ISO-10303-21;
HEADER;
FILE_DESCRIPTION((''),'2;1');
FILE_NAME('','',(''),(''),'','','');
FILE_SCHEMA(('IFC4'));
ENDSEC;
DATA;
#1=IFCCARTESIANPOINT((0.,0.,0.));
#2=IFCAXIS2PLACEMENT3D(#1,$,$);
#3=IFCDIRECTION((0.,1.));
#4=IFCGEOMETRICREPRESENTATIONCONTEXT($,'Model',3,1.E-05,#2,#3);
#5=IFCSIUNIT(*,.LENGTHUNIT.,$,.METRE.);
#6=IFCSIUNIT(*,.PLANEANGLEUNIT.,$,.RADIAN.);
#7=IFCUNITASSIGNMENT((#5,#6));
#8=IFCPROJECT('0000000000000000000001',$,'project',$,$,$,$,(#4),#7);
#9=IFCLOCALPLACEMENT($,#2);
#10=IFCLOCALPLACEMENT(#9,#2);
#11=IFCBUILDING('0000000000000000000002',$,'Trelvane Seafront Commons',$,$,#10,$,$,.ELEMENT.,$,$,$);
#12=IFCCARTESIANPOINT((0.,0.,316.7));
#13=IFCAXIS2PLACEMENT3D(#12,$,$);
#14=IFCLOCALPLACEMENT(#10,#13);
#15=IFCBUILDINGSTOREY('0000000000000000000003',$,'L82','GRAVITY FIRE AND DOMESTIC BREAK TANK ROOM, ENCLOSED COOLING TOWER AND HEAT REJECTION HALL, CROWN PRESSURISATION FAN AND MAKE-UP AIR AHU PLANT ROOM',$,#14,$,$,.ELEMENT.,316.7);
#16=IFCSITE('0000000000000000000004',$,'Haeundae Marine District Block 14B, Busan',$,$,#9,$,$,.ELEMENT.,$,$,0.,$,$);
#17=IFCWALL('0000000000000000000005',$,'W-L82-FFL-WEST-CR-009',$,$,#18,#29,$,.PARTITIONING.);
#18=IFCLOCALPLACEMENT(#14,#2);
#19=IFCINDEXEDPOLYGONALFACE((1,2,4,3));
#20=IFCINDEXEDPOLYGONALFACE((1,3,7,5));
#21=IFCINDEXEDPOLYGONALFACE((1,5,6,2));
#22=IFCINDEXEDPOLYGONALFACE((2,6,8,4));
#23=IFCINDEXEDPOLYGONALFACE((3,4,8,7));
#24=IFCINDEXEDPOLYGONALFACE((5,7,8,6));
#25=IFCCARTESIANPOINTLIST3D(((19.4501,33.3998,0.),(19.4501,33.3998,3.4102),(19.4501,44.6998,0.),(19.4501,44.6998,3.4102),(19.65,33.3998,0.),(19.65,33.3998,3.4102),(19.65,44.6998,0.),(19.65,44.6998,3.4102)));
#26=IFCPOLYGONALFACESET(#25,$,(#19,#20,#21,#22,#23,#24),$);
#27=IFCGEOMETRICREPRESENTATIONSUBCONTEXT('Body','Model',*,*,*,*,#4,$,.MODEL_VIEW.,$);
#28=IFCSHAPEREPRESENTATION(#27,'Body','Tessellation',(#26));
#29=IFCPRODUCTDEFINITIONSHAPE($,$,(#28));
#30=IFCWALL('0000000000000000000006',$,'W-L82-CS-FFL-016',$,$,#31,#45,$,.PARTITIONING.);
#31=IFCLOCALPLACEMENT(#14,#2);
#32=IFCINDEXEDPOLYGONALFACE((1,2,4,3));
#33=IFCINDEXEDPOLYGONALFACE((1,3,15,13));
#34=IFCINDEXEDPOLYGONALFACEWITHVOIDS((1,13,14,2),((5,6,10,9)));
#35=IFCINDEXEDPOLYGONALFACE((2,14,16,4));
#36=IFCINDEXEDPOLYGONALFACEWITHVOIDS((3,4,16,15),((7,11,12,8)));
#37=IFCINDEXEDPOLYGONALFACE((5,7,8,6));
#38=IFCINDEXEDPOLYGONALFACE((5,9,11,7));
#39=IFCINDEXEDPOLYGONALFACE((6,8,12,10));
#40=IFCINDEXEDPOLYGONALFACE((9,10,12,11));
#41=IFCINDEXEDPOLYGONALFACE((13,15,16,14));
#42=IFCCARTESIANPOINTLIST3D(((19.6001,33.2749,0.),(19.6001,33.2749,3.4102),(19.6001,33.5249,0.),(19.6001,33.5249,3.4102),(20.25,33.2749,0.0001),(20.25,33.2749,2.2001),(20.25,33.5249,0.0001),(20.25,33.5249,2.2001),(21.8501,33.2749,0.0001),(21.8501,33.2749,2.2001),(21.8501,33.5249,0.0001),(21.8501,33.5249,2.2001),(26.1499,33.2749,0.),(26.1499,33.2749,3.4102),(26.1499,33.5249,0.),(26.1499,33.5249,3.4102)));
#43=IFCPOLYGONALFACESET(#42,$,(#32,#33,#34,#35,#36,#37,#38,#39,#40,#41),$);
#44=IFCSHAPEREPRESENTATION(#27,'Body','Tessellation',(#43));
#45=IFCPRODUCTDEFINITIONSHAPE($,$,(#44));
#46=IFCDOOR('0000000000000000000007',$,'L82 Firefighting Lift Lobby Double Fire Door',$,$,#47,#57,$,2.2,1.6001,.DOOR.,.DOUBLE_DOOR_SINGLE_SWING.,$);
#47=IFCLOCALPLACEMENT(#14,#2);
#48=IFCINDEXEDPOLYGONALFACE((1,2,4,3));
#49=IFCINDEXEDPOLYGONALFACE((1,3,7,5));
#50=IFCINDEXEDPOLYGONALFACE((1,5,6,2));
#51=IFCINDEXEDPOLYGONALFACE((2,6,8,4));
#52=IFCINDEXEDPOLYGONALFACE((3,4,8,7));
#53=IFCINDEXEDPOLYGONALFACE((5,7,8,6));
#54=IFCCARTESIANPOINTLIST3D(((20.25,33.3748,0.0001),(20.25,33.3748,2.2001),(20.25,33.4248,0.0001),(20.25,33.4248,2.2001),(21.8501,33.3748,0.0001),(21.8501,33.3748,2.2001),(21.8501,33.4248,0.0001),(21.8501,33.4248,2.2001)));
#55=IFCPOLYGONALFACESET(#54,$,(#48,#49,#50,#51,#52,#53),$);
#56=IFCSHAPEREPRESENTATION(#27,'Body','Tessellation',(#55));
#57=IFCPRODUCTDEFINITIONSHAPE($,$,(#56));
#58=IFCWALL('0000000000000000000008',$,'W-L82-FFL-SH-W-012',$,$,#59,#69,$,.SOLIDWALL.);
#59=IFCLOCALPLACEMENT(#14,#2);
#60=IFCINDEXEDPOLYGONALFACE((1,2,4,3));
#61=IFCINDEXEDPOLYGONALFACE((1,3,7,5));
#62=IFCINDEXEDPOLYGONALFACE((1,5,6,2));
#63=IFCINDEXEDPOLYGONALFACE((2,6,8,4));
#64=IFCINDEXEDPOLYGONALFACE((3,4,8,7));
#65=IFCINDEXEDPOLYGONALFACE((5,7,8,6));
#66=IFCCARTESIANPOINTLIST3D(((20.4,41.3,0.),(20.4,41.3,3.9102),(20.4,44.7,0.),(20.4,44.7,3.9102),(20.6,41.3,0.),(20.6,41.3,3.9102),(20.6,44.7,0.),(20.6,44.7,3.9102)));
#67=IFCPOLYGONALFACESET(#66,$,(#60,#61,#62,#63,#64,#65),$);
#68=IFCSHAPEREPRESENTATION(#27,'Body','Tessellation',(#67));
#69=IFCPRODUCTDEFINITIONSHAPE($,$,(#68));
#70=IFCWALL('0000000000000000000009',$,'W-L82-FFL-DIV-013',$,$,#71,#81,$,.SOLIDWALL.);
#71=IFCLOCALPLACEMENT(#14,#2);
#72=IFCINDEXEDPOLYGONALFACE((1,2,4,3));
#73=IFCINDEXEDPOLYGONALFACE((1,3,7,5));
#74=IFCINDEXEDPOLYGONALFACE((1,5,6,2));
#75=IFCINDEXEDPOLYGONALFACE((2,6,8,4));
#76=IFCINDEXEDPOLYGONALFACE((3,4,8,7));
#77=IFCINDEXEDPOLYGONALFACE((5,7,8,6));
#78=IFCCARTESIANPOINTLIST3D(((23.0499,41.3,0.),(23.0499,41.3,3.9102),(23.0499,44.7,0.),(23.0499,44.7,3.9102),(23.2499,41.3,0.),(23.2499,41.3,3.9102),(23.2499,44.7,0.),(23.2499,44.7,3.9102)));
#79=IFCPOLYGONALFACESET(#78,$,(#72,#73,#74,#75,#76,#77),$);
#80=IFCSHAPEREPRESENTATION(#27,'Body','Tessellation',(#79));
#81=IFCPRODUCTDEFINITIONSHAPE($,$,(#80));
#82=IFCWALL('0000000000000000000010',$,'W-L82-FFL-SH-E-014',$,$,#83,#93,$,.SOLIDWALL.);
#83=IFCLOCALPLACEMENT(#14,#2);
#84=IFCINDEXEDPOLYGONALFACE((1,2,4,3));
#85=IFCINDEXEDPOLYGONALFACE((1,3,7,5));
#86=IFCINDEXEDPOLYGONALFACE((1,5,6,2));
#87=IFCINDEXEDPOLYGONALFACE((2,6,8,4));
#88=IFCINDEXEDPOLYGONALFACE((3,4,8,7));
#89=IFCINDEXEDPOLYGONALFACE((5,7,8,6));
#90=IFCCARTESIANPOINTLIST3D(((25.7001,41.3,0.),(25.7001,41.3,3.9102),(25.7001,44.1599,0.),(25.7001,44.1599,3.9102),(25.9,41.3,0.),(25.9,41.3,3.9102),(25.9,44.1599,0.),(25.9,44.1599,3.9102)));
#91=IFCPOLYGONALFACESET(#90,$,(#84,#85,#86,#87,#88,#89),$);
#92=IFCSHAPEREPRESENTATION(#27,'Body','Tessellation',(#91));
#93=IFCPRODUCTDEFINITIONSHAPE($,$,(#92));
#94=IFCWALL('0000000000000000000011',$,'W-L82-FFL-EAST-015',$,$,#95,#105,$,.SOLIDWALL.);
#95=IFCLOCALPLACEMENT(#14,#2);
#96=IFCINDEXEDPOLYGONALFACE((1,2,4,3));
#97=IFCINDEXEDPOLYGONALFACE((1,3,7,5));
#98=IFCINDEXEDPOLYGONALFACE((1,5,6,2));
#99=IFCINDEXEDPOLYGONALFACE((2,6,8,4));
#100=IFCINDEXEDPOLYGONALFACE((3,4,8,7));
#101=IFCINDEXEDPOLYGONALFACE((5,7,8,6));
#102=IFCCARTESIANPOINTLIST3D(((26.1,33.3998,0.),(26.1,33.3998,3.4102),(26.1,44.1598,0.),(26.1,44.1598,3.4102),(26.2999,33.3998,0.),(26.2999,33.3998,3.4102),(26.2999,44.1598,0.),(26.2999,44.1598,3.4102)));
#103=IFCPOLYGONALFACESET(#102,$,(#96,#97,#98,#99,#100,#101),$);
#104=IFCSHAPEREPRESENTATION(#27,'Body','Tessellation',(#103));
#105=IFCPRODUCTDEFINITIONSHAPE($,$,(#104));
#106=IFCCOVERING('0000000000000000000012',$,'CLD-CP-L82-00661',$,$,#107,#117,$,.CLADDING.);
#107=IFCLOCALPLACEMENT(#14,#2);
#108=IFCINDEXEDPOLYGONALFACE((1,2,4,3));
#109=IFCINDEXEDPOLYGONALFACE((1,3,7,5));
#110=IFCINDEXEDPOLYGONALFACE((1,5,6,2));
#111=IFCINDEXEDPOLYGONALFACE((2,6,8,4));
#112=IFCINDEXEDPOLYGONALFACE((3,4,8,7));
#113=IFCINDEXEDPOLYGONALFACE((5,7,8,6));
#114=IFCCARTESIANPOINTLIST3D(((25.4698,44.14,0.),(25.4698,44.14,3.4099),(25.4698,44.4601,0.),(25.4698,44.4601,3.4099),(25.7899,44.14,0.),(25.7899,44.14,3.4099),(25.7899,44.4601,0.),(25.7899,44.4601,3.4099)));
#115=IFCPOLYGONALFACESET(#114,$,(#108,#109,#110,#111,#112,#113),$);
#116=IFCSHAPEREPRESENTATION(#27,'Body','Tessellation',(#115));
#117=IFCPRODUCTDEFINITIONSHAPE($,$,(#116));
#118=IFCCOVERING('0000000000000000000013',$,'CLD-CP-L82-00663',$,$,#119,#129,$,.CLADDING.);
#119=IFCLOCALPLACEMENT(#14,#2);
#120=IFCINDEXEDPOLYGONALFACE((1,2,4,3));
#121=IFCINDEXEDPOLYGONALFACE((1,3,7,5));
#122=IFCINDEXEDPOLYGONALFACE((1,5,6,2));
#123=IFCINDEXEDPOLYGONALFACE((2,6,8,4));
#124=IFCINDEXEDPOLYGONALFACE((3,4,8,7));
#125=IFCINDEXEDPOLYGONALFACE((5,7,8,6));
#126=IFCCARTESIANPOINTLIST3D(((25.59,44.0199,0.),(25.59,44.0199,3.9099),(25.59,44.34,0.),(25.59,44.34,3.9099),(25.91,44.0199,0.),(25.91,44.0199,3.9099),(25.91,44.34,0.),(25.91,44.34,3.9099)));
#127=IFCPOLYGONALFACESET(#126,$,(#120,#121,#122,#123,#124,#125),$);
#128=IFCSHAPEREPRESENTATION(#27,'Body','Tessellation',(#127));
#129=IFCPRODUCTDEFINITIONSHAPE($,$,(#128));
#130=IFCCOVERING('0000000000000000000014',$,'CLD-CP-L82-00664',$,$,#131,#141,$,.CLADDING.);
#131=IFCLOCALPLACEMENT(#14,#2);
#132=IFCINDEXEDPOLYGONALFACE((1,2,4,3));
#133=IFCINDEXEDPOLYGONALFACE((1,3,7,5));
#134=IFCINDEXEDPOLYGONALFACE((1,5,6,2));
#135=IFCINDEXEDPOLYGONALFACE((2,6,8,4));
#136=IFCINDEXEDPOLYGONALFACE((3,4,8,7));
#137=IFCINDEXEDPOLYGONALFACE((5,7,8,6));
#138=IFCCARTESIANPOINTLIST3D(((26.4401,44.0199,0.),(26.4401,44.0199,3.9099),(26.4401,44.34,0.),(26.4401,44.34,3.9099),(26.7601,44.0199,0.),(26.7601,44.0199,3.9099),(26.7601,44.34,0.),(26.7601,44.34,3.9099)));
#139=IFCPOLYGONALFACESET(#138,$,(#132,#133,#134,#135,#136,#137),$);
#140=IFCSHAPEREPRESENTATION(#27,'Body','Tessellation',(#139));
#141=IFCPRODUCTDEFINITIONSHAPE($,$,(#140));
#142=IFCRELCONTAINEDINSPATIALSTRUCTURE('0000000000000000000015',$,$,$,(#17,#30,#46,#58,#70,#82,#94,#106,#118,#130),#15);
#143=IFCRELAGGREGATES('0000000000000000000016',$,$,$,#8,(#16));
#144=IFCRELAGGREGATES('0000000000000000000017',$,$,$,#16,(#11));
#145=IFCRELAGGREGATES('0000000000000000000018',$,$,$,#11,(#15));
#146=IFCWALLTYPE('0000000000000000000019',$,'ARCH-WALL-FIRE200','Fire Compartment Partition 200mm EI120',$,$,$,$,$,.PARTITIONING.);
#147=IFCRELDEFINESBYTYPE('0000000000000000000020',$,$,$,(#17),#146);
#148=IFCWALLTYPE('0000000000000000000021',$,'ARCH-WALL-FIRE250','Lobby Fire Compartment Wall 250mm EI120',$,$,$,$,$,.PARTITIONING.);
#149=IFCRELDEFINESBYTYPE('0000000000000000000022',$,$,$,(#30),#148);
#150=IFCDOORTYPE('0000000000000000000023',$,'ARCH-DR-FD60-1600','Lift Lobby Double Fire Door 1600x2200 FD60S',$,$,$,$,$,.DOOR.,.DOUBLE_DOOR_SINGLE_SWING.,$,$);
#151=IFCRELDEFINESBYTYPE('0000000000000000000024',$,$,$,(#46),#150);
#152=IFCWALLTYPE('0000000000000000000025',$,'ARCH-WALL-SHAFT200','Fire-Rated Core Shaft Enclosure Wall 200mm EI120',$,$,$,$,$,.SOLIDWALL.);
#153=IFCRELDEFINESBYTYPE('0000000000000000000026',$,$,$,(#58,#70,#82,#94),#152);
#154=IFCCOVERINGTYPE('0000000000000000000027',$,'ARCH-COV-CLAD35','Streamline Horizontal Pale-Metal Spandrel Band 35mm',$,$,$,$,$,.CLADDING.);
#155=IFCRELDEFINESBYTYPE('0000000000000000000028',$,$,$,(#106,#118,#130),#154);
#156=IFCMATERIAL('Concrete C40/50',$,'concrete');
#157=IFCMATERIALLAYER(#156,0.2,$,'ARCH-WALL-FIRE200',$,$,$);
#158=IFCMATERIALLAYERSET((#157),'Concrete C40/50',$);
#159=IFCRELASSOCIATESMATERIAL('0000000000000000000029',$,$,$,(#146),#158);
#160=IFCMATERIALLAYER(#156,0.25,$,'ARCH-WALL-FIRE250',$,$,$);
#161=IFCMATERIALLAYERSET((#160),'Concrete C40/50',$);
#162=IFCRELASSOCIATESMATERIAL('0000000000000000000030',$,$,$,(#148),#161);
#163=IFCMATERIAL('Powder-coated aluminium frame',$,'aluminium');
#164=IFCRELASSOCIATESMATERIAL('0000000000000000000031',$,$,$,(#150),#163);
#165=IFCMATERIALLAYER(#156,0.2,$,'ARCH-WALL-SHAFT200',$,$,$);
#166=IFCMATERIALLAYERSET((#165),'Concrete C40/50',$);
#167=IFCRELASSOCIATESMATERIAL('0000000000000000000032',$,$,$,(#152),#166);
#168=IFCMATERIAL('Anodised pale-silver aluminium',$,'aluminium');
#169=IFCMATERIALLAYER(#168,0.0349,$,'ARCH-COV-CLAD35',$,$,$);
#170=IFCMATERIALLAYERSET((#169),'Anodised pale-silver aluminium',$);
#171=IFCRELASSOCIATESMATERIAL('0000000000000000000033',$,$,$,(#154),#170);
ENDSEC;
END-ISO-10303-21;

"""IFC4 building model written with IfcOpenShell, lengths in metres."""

from ifc_helpers import new_model, si_unit, direction, frame, frame_2d, origin, origin_2d, place, context, subcontext, project, spatial, rectangle, extrude, source, transform, mapped, material, layer, layer_set, type_object, element, fill, save


model = new_model("IFC4")

# Units and contexts
model_context = context("Model", 3, precision=1e-05, world=origin(), true_north=direction((0.0, 1.0)))
body_context = subcontext(model_context, "Body", "Model", "MODEL_VIEW")
ifc_project = project(units=[si_unit("LENGTHUNIT", "METRE"), si_unit("PLANEANGLEUNIT", "RADIAN")], contexts=[model_context])

# Site, building, storey
site_placement = place(None, origin())
site = spatial("IfcSite", under=ifc_project, at=site_placement, Name="Haeundae Marine District Block 14B, Busan", CompositionType="ELEMENT", RefElevation=0.0)
building_placement = place(site_placement, origin())
building = spatial("IfcBuilding", under=site, at=building_placement, Name="Trelvane Seafront Commons", CompositionType="ELEMENT")
storey_placement = place(building_placement, frame((0.0, 0.0, 316.7)))
storey = spatial("IfcBuildingStorey", under=building, at=storey_placement, Name="L82", Description="GRAVITY FIRE AND DOMESTIC BREAK TANK ROOM, ENCLOSED COOLING TOWER AND HEAT REJECTION HALL, CROWN PRESSURISATION FAN AND MAKE-UP AIR AHU PLANT ROOM", CompositionType="ELEMENT", Elevation=316.7)

# Shared definitions
ifc_material_1 = material(Name="Anodised pale-silver aluminium", Category="aluminium")

# Wall
ifc_material_2 = material(Name="Concrete C40/50", Category="concrete")
ifc_layer_1 = layer(ifc_material_2, 0.2, Name="ARCH-WALL-FIRE200")
ifc_layer_set_1 = layer_set([ifc_layer_1], Name="Concrete C40/50")
wall_type_1 = type_object("IfcWallType", Name="ARCH-WALL-FIRE200", Description="Fire Compartment Partition 200mm EI120", PredefinedType="PARTITIONING", material=ifc_layer_set_1)
wall_1_placement = place(storey_placement, frame((19.55, 33.3999, 0.0), z_axis=(0.0, 0.0, 1.0), x_axis=(0.0, 1.0, 0.0)))
element("IfcWall", 1, at=wall_1_placement, inside=storey, type_object=wall_type_1, Name="W-L82-FFL-WEST-CR-009", PredefinedType="PARTITIONING", context=body_context, shape_type="SweptSolid", body=[
    extrude(rectangle(XDim=11.3, YDim=0.2, at=frame_2d((5.6499, 0.0))), origin(), (0.0, 0.0, 1.0), 3.4102),
])

# Wall, opening, door
ifc_layer_2 = layer(ifc_material_2, 0.25, Name="ARCH-WALL-FIRE250")
ifc_layer_set_2 = layer_set([ifc_layer_2], Name="Concrete C40/50")
wall_type_2 = type_object("IfcWallType", Name="ARCH-WALL-FIRE250", Description="Lobby Fire Compartment Wall 250mm EI120", PredefinedType="PARTITIONING", material=ifc_layer_set_2)
wall_2_placement = place(storey_placement, frame((19.6001, 33.3999, 0.0), z_axis=(0.0, 0.0, 1.0), x_axis=(1.0, 0.0, 0.0)))
wall_2 = element("IfcWall", 2, at=wall_2_placement, inside=storey, type_object=wall_type_2, Name="W-L82-CS-FFL-016", PredefinedType="PARTITIONING", context=body_context, shape_type="SweptSolid", body=[
    extrude(rectangle(XDim=6.5498, YDim=0.25, at=frame_2d((3.2749, 0.0))), origin(), (0.0, 0.0, 1.0), 3.4102),
])
opening_1_placement = place(wall_2_placement, frame((0.6499, 0.0, 0.0)))
opening_1 = element("IfcOpeningElement", 3, at=opening_1_placement, cuts=wall_2, PredefinedType="OPENING", context=body_context, shape_type="SweptSolid", body=[
    extrude(rectangle(XDim=1.6001, YDim=2.2, at=frame_2d((0.8, 1.1001))), frame((0.0, 0.135, 0.0), z_axis=(0.0, -1.0, 0.0), x_axis=(1.0, 0.0, 0.0)), (0.0, 0.0, 1.0), 0.27),
])
ifc_material_3 = material(Name="Powder-coated aluminium frame", Category="aluminium")
door_type_1 = type_object("IfcDoorType", Name="ARCH-DR-FD60-1600", Description="Lift Lobby Double Fire Door 1600x2200 FD60S", OperationType="DOUBLE_DOOR_SINGLE_SWING", PredefinedType="DOOR", material=ifc_material_3)
shared_shape_1 = source(origin(), body_context, "Body", "SweptSolid", [
    extrude(rectangle(XDim=1.6001, YDim=2.2, at=frame_2d((0.8, 1.1001))), frame((0.0, 0.0249, 0.0), z_axis=(0.0, -1.0, 0.0), x_axis=(1.0, 0.0, 0.0)), (0.0, 0.0, 1.0), 0.05),
])
door_1_placement = place(opening_1_placement, origin())
door_1 = element("IfcDoor", 4, at=door_1_placement, inside=storey, type_object=door_type_1, Name="L82 Firefighting Lift Lobby Double Fire Door", OperationType="DOUBLE_DOOR_SINGLE_SWING", OverallHeight=2.2, OverallWidth=1.6001, PredefinedType="DOOR", context=body_context, shape_type="MappedRepresentation", body=[
    mapped(shared_shape_1, transform((0.0, 0.0, 0.0), x_axis=(1.0, 0.0, 0.0), y_axis=(0.0, 1.0, 0.0), z_axis=(0.0, 0.0, 1.0), scale=1.0)),
])
fill(opening_1, door_1)

# Shared definitions
ifc_layer_3 = layer(ifc_material_2, 0.2, Name="ARCH-WALL-SHAFT200")
ifc_layer_set_3 = layer_set([ifc_layer_3], Name="Concrete C40/50")
wall_type_3 = type_object("IfcWallType", Name="ARCH-WALL-SHAFT200", Description="Fire-Rated Core Shaft Enclosure Wall 200mm EI120", PredefinedType="SOLIDWALL", material=ifc_layer_set_3)

# Walls
for number, where, z_axis, x_axis, name in (
    (5, (20.5, 41.3, 0.0), (0.0, 0.0, 1.0), (0.0, 1.0, 0.0), "W-L82-FFL-SH-W-012"),
    (6, (23.1499, 41.3, 0.0), (0.0, 0.0, 1.0), (0.0, 1.0, 0.0), "W-L82-FFL-DIV-013"),
):
    element("IfcWall", number, at=place(storey_placement, frame(where, z_axis=z_axis, x_axis=x_axis)), inside=storey, type_object=wall_type_3, Name=name, PredefinedType="SOLIDWALL", context=body_context, shape_type="SweptSolid", body=[
        extrude(rectangle(XDim=3.3999, YDim=0.2, at=frame_2d((1.7, 0.0))), origin(), (0.0, 0.0, 1.0), 3.9102),
    ])
wall_3_placement = place(storey_placement, frame((25.8, 41.3, 0.0), z_axis=(0.0, 0.0, 1.0), x_axis=(0.0, 1.0, 0.0)))
element("IfcWall", 7, at=wall_3_placement, inside=storey, type_object=wall_type_3, Name="W-L82-FFL-SH-E-014", PredefinedType="SOLIDWALL", context=body_context, shape_type="SweptSolid", body=[
    extrude(rectangle(XDim=2.8599, YDim=0.2, at=frame_2d((1.4299, 0.0))), origin(), (0.0, 0.0, 1.0), 3.9102),
])
wall_4_placement = place(storey_placement, frame((26.2, 33.3999, 0.0), z_axis=(0.0, 0.0, 1.0), x_axis=(0.0, 1.0, 0.0)))
element("IfcWall", 8, at=wall_4_placement, inside=storey, type_object=wall_type_3, Name="W-L82-FFL-EAST-015", PredefinedType="SOLIDWALL", context=body_context, shape_type="SweptSolid", body=[
    extrude(rectangle(XDim=10.76, YDim=0.2, at=frame_2d((5.3799, 0.0))), origin(), (0.0, 0.0, 1.0), 3.4102),
])

# Coverings
ifc_layer_4 = layer(ifc_material_1, 0.0349, Name="ARCH-COV-CLAD35")
ifc_layer_set_4 = layer_set([ifc_layer_4], Name="Anodised pale-silver aluminium")
covering_type = type_object("IfcCoveringType", Name="ARCH-COV-CLAD35", Description="Streamline Horizontal Pale-Metal Spandrel Band 35mm", PredefinedType="CLADDING", material=ifc_layer_set_4)
shared_shape_2 = source(origin(), body_context, "Body", "SweptSolid", [
    extrude(rectangle(XDim=0.3201, YDim=0.3201, at=origin_2d()), origin(), (0.0, 0.0, 1.0), 3.4099),
])
covering_placement = place(storey_placement, frame((25.6299, 44.3, 0.0), z_axis=(0.0, 0.0, 1.0), x_axis=(1.0, 0.0, 0.0)))
element("IfcCovering", 9, at=covering_placement, inside=storey, type_object=covering_type, Name="CLD-CP-L82-00661", PredefinedType="CLADDING", context=body_context, shape_type="MappedRepresentation", body=[
    mapped(shared_shape_2, transform((0.0, 0.0, 0.0), x_axis=(1.0, 0.0, 0.0), y_axis=(0.0, 1.0, 0.0), z_axis=(0.0, 0.0, 1.0), scale=1.0)),
])
shared_shape_3 = source(origin(), body_context, "Body", "SweptSolid", [
    extrude(rectangle(XDim=0.3201, YDim=0.3201, at=origin_2d()), origin(), (0.0, 0.0, 1.0), 3.9099),
])
for number, where, z_axis, x_axis, name in (
    (10, (25.75, 44.1799, 0.0), (0.0, 0.0, 1.0), (1.0, 0.0, 0.0), "CLD-CP-L82-00663"),
    (11, (26.6001, 44.1799, 0.0), (0.0, 0.0, 1.0), (1.0, 0.0, 0.0), "CLD-CP-L82-00664"),
):
    element("IfcCovering", number, at=place(storey_placement, frame(where, z_axis=z_axis, x_axis=x_axis)), inside=storey, type_object=covering_type, Name=name, PredefinedType="CLADDING", context=body_context, shape_type="MappedRepresentation", body=[
        mapped(shared_shape_3, transform((0.0, 0.0, 0.0), x_axis=(1.0, 0.0, 0.0), y_axis=(0.0, 1.0, 0.0), z_axis=(0.0, 0.0, 1.0), scale=1.0)),
    ])

save(model, "model.ifc")
